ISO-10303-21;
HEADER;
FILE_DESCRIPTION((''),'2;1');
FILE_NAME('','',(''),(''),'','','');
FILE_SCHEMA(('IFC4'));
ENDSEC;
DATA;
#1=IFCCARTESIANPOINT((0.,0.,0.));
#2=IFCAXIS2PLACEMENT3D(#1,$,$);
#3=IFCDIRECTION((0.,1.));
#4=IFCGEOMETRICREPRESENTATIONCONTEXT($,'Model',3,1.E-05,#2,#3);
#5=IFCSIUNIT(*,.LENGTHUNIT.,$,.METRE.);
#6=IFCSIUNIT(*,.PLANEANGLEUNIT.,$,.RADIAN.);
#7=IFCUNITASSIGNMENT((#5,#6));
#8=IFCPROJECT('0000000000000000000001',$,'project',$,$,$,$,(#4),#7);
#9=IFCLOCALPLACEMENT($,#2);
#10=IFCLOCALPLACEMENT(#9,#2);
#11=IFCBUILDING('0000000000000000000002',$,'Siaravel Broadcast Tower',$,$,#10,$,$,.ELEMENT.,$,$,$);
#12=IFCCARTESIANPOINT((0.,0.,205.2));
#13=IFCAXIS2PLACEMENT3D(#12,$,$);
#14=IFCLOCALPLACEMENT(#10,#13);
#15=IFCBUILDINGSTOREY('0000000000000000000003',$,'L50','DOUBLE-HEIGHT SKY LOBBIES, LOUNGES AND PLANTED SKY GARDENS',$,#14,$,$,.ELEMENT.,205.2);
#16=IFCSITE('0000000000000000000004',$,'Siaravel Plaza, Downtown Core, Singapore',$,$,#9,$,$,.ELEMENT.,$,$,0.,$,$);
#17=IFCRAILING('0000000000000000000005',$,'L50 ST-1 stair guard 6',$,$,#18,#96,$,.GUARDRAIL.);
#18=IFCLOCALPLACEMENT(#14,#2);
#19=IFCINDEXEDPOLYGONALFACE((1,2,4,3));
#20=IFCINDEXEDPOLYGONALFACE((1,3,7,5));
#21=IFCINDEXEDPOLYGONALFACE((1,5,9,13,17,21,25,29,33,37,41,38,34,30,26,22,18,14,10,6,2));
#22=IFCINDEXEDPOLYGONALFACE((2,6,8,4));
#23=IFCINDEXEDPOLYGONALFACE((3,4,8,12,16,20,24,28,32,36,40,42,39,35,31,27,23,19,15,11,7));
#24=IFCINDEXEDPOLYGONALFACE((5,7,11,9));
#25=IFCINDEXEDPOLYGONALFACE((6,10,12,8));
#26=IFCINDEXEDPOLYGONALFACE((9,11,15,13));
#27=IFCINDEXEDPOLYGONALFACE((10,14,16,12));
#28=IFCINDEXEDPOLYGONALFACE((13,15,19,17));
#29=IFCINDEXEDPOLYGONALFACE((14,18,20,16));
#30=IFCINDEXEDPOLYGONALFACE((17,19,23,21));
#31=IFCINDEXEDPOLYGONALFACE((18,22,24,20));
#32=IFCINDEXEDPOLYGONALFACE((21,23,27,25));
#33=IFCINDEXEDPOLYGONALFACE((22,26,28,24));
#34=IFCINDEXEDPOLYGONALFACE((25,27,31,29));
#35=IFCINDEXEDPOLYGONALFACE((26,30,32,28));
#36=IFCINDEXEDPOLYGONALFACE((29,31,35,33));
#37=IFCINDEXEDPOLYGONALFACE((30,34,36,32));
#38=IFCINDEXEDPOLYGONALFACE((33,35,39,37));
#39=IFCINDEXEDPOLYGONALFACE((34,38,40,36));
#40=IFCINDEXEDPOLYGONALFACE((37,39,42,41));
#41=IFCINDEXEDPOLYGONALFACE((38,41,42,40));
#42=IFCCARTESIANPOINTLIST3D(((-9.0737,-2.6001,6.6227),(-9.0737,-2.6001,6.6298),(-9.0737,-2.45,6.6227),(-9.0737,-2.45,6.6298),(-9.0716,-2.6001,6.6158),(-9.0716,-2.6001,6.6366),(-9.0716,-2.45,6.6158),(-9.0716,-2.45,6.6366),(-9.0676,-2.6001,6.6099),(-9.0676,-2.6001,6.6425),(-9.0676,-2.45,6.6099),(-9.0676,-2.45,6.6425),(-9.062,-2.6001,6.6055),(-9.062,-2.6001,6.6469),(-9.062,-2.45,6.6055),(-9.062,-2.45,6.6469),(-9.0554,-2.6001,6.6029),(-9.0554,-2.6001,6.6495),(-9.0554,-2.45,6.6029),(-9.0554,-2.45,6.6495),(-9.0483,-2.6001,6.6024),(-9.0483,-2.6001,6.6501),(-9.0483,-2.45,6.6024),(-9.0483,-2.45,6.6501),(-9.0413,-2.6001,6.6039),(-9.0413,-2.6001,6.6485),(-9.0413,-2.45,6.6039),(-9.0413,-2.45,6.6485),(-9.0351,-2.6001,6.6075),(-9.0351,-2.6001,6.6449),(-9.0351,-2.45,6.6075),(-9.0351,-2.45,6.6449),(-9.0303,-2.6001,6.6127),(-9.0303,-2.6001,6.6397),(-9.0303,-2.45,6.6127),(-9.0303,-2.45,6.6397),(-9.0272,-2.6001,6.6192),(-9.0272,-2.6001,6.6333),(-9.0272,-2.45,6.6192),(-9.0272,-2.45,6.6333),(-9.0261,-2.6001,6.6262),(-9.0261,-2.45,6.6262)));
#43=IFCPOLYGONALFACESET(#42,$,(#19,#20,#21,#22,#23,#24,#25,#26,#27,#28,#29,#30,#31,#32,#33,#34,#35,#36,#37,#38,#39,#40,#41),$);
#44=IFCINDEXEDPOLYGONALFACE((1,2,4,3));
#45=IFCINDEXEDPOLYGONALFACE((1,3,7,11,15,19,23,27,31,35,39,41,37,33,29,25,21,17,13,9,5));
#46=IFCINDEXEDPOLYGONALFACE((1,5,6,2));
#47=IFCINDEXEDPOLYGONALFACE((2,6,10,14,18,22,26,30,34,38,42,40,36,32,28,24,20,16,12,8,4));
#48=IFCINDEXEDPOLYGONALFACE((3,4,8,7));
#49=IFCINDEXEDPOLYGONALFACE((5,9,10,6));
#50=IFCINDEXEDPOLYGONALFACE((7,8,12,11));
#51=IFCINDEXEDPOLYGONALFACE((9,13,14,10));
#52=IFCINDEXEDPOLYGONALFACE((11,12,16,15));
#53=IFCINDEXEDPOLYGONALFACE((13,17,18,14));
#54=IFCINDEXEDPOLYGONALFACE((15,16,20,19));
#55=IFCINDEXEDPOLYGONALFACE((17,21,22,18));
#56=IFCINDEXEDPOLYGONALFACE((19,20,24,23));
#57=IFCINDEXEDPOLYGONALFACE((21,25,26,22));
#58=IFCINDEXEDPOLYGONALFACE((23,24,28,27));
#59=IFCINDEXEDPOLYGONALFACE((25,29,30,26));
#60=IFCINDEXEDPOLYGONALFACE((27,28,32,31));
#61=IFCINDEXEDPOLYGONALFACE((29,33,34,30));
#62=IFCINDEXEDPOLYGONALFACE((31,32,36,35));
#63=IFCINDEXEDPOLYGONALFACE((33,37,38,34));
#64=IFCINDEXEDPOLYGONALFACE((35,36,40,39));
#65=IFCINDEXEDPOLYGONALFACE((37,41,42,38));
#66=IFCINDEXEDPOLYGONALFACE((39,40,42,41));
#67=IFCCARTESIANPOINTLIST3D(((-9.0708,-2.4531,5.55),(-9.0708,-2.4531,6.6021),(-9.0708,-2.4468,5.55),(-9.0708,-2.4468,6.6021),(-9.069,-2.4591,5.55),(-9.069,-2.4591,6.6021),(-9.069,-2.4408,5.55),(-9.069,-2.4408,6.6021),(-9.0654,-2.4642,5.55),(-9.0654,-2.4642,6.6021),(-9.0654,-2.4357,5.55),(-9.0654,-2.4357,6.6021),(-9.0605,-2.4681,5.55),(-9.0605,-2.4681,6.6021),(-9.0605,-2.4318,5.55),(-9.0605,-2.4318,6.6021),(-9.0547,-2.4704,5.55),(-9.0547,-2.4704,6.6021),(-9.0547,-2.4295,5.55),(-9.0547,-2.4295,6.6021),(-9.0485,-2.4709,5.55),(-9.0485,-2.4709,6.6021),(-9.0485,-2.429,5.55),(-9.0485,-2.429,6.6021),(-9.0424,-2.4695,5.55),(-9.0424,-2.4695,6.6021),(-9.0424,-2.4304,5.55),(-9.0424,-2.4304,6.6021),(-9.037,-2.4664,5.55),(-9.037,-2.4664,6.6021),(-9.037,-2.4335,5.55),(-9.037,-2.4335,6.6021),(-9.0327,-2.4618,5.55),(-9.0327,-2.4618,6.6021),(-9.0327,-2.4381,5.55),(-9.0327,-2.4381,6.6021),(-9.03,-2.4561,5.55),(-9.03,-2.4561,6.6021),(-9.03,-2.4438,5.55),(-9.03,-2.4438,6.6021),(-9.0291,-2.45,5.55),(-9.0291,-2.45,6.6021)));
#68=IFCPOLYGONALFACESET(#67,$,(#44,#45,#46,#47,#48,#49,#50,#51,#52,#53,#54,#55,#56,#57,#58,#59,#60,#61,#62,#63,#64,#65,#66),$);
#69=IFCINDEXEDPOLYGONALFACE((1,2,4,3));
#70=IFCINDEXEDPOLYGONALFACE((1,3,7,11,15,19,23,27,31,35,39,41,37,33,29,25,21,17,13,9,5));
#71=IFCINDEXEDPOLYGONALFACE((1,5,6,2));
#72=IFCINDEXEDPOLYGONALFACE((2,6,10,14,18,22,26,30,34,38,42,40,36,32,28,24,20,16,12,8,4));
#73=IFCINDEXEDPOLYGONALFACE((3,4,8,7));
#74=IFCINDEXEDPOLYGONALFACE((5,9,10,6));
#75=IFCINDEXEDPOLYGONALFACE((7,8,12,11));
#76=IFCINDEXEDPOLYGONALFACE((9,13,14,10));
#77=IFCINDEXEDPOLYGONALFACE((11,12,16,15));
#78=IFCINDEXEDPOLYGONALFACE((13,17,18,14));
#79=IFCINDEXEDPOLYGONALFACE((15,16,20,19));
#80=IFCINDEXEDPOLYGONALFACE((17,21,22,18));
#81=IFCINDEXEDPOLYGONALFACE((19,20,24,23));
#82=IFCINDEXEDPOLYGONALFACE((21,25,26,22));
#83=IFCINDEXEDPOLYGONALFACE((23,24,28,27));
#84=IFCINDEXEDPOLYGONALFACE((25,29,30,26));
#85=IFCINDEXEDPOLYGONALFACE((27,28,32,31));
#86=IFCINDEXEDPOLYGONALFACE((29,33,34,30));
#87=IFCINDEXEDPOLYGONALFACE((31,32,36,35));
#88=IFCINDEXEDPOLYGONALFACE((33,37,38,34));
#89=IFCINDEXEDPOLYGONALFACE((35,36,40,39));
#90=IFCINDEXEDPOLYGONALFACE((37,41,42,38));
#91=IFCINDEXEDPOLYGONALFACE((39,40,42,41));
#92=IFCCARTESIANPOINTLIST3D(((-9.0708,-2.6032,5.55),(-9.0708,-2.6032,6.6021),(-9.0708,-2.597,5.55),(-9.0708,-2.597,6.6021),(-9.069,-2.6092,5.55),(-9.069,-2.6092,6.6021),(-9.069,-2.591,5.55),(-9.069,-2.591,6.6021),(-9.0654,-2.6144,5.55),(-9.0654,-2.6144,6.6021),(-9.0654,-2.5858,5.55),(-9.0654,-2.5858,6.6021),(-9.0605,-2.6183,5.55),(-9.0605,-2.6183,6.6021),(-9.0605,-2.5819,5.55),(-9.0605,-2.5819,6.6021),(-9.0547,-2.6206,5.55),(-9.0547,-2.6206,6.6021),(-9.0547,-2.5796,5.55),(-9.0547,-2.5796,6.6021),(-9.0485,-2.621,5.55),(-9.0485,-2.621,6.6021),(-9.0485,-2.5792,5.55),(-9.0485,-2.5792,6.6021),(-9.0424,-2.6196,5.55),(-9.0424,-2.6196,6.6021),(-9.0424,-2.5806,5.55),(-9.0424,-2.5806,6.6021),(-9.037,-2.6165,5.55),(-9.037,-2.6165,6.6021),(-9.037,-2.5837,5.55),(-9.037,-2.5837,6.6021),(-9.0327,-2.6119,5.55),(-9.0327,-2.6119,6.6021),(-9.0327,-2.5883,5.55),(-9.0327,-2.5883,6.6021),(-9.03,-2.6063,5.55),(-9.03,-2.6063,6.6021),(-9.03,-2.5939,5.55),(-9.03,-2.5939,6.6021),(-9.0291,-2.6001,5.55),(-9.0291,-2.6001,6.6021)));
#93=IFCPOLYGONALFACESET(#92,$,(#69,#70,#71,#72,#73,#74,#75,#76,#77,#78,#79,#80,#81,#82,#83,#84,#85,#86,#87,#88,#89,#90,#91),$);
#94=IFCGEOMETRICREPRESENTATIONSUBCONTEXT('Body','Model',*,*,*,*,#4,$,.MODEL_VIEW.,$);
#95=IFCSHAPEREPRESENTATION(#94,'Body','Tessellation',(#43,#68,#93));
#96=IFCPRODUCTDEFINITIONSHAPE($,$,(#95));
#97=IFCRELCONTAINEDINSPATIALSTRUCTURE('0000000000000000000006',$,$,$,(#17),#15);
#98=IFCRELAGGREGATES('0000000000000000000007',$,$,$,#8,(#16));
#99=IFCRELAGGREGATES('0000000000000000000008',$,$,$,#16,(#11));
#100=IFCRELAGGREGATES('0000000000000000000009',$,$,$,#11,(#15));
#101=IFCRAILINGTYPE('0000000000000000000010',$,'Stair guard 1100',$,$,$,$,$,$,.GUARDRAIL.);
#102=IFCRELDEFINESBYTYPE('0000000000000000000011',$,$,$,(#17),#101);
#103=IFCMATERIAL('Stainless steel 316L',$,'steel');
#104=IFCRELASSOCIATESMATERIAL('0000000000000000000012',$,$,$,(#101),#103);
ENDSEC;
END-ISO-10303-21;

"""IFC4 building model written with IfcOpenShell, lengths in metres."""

from ifc_helpers import new_model, si_unit, direction, frame, origin, origin_2d, place, context, subcontext, project, spatial, circle, extrude, material, type_object, element, save


model = new_model("IFC4")

# Units and contexts
model_context = context("Model", 3, precision=1e-05, world=origin(), true_north=direction((0.0, 1.0)))
body_context = subcontext(model_context, "Body", "Model", "MODEL_VIEW")
ifc_project = project(units=[si_unit("LENGTHUNIT", "METRE"), si_unit("PLANEANGLEUNIT", "RADIAN")], contexts=[model_context])

# Site, building, storey
site_placement = place(None, origin())
site = spatial("IfcSite", under=ifc_project, at=site_placement, Name="Siaravel Plaza, Downtown Core, Singapore", CompositionType="ELEMENT", RefElevation=0.0)
building_placement = place(site_placement, origin())
building = spatial("IfcBuilding", under=site, at=building_placement, Name="Siaravel Broadcast Tower", CompositionType="ELEMENT")
storey_placement = place(building_placement, frame((0.0, 0.0, 205.2)))
storey = spatial("IfcBuildingStorey", under=building, at=storey_placement, Name="L50", Description="DOUBLE-HEIGHT SKY LOBBIES, LOUNGES AND PLANTED SKY GARDENS", CompositionType="ELEMENT", Elevation=205.2)

# Shared definitions
ifc_material_1 = material(Name="Stainless steel 316L", Category="steel")

# Railing
railing_type_1 = type_object("IfcRailingType", Name="Stair guard 1100", PredefinedType="GUARDRAIL", material=ifc_material_1)
railing_1_placement = place(storey_placement, frame((-9.05, -2.45, 5.55)))
element("IfcRailing", 1, at=railing_1_placement, inside=storey, type_object=railing_type_1, Name="L50 ST-1 stair guard 6", PredefinedType="GUARDRAIL", context=body_context, shape_type="SweptSolid", body=[
    extrude(circle(Radius=0.0239, at=origin_2d()), frame((0.0, 0.0, 1.0762), z_axis=(0.0, -1.0, 0.0), x_axis=(1.0, 0.0, 0.0)), (0.0, 0.0, 1.0), 0.1501),
    extrude(circle(Radius=0.021, at=origin_2d()), origin(), (0.0, 0.0, 1.0), 1.052),
    extrude(circle(Radius=0.021, at=origin_2d()), frame((0.0, -0.1501, 0.0)), (0.0, 0.0, 1.0), 1.052),
])

save(model, "model.ifc")
